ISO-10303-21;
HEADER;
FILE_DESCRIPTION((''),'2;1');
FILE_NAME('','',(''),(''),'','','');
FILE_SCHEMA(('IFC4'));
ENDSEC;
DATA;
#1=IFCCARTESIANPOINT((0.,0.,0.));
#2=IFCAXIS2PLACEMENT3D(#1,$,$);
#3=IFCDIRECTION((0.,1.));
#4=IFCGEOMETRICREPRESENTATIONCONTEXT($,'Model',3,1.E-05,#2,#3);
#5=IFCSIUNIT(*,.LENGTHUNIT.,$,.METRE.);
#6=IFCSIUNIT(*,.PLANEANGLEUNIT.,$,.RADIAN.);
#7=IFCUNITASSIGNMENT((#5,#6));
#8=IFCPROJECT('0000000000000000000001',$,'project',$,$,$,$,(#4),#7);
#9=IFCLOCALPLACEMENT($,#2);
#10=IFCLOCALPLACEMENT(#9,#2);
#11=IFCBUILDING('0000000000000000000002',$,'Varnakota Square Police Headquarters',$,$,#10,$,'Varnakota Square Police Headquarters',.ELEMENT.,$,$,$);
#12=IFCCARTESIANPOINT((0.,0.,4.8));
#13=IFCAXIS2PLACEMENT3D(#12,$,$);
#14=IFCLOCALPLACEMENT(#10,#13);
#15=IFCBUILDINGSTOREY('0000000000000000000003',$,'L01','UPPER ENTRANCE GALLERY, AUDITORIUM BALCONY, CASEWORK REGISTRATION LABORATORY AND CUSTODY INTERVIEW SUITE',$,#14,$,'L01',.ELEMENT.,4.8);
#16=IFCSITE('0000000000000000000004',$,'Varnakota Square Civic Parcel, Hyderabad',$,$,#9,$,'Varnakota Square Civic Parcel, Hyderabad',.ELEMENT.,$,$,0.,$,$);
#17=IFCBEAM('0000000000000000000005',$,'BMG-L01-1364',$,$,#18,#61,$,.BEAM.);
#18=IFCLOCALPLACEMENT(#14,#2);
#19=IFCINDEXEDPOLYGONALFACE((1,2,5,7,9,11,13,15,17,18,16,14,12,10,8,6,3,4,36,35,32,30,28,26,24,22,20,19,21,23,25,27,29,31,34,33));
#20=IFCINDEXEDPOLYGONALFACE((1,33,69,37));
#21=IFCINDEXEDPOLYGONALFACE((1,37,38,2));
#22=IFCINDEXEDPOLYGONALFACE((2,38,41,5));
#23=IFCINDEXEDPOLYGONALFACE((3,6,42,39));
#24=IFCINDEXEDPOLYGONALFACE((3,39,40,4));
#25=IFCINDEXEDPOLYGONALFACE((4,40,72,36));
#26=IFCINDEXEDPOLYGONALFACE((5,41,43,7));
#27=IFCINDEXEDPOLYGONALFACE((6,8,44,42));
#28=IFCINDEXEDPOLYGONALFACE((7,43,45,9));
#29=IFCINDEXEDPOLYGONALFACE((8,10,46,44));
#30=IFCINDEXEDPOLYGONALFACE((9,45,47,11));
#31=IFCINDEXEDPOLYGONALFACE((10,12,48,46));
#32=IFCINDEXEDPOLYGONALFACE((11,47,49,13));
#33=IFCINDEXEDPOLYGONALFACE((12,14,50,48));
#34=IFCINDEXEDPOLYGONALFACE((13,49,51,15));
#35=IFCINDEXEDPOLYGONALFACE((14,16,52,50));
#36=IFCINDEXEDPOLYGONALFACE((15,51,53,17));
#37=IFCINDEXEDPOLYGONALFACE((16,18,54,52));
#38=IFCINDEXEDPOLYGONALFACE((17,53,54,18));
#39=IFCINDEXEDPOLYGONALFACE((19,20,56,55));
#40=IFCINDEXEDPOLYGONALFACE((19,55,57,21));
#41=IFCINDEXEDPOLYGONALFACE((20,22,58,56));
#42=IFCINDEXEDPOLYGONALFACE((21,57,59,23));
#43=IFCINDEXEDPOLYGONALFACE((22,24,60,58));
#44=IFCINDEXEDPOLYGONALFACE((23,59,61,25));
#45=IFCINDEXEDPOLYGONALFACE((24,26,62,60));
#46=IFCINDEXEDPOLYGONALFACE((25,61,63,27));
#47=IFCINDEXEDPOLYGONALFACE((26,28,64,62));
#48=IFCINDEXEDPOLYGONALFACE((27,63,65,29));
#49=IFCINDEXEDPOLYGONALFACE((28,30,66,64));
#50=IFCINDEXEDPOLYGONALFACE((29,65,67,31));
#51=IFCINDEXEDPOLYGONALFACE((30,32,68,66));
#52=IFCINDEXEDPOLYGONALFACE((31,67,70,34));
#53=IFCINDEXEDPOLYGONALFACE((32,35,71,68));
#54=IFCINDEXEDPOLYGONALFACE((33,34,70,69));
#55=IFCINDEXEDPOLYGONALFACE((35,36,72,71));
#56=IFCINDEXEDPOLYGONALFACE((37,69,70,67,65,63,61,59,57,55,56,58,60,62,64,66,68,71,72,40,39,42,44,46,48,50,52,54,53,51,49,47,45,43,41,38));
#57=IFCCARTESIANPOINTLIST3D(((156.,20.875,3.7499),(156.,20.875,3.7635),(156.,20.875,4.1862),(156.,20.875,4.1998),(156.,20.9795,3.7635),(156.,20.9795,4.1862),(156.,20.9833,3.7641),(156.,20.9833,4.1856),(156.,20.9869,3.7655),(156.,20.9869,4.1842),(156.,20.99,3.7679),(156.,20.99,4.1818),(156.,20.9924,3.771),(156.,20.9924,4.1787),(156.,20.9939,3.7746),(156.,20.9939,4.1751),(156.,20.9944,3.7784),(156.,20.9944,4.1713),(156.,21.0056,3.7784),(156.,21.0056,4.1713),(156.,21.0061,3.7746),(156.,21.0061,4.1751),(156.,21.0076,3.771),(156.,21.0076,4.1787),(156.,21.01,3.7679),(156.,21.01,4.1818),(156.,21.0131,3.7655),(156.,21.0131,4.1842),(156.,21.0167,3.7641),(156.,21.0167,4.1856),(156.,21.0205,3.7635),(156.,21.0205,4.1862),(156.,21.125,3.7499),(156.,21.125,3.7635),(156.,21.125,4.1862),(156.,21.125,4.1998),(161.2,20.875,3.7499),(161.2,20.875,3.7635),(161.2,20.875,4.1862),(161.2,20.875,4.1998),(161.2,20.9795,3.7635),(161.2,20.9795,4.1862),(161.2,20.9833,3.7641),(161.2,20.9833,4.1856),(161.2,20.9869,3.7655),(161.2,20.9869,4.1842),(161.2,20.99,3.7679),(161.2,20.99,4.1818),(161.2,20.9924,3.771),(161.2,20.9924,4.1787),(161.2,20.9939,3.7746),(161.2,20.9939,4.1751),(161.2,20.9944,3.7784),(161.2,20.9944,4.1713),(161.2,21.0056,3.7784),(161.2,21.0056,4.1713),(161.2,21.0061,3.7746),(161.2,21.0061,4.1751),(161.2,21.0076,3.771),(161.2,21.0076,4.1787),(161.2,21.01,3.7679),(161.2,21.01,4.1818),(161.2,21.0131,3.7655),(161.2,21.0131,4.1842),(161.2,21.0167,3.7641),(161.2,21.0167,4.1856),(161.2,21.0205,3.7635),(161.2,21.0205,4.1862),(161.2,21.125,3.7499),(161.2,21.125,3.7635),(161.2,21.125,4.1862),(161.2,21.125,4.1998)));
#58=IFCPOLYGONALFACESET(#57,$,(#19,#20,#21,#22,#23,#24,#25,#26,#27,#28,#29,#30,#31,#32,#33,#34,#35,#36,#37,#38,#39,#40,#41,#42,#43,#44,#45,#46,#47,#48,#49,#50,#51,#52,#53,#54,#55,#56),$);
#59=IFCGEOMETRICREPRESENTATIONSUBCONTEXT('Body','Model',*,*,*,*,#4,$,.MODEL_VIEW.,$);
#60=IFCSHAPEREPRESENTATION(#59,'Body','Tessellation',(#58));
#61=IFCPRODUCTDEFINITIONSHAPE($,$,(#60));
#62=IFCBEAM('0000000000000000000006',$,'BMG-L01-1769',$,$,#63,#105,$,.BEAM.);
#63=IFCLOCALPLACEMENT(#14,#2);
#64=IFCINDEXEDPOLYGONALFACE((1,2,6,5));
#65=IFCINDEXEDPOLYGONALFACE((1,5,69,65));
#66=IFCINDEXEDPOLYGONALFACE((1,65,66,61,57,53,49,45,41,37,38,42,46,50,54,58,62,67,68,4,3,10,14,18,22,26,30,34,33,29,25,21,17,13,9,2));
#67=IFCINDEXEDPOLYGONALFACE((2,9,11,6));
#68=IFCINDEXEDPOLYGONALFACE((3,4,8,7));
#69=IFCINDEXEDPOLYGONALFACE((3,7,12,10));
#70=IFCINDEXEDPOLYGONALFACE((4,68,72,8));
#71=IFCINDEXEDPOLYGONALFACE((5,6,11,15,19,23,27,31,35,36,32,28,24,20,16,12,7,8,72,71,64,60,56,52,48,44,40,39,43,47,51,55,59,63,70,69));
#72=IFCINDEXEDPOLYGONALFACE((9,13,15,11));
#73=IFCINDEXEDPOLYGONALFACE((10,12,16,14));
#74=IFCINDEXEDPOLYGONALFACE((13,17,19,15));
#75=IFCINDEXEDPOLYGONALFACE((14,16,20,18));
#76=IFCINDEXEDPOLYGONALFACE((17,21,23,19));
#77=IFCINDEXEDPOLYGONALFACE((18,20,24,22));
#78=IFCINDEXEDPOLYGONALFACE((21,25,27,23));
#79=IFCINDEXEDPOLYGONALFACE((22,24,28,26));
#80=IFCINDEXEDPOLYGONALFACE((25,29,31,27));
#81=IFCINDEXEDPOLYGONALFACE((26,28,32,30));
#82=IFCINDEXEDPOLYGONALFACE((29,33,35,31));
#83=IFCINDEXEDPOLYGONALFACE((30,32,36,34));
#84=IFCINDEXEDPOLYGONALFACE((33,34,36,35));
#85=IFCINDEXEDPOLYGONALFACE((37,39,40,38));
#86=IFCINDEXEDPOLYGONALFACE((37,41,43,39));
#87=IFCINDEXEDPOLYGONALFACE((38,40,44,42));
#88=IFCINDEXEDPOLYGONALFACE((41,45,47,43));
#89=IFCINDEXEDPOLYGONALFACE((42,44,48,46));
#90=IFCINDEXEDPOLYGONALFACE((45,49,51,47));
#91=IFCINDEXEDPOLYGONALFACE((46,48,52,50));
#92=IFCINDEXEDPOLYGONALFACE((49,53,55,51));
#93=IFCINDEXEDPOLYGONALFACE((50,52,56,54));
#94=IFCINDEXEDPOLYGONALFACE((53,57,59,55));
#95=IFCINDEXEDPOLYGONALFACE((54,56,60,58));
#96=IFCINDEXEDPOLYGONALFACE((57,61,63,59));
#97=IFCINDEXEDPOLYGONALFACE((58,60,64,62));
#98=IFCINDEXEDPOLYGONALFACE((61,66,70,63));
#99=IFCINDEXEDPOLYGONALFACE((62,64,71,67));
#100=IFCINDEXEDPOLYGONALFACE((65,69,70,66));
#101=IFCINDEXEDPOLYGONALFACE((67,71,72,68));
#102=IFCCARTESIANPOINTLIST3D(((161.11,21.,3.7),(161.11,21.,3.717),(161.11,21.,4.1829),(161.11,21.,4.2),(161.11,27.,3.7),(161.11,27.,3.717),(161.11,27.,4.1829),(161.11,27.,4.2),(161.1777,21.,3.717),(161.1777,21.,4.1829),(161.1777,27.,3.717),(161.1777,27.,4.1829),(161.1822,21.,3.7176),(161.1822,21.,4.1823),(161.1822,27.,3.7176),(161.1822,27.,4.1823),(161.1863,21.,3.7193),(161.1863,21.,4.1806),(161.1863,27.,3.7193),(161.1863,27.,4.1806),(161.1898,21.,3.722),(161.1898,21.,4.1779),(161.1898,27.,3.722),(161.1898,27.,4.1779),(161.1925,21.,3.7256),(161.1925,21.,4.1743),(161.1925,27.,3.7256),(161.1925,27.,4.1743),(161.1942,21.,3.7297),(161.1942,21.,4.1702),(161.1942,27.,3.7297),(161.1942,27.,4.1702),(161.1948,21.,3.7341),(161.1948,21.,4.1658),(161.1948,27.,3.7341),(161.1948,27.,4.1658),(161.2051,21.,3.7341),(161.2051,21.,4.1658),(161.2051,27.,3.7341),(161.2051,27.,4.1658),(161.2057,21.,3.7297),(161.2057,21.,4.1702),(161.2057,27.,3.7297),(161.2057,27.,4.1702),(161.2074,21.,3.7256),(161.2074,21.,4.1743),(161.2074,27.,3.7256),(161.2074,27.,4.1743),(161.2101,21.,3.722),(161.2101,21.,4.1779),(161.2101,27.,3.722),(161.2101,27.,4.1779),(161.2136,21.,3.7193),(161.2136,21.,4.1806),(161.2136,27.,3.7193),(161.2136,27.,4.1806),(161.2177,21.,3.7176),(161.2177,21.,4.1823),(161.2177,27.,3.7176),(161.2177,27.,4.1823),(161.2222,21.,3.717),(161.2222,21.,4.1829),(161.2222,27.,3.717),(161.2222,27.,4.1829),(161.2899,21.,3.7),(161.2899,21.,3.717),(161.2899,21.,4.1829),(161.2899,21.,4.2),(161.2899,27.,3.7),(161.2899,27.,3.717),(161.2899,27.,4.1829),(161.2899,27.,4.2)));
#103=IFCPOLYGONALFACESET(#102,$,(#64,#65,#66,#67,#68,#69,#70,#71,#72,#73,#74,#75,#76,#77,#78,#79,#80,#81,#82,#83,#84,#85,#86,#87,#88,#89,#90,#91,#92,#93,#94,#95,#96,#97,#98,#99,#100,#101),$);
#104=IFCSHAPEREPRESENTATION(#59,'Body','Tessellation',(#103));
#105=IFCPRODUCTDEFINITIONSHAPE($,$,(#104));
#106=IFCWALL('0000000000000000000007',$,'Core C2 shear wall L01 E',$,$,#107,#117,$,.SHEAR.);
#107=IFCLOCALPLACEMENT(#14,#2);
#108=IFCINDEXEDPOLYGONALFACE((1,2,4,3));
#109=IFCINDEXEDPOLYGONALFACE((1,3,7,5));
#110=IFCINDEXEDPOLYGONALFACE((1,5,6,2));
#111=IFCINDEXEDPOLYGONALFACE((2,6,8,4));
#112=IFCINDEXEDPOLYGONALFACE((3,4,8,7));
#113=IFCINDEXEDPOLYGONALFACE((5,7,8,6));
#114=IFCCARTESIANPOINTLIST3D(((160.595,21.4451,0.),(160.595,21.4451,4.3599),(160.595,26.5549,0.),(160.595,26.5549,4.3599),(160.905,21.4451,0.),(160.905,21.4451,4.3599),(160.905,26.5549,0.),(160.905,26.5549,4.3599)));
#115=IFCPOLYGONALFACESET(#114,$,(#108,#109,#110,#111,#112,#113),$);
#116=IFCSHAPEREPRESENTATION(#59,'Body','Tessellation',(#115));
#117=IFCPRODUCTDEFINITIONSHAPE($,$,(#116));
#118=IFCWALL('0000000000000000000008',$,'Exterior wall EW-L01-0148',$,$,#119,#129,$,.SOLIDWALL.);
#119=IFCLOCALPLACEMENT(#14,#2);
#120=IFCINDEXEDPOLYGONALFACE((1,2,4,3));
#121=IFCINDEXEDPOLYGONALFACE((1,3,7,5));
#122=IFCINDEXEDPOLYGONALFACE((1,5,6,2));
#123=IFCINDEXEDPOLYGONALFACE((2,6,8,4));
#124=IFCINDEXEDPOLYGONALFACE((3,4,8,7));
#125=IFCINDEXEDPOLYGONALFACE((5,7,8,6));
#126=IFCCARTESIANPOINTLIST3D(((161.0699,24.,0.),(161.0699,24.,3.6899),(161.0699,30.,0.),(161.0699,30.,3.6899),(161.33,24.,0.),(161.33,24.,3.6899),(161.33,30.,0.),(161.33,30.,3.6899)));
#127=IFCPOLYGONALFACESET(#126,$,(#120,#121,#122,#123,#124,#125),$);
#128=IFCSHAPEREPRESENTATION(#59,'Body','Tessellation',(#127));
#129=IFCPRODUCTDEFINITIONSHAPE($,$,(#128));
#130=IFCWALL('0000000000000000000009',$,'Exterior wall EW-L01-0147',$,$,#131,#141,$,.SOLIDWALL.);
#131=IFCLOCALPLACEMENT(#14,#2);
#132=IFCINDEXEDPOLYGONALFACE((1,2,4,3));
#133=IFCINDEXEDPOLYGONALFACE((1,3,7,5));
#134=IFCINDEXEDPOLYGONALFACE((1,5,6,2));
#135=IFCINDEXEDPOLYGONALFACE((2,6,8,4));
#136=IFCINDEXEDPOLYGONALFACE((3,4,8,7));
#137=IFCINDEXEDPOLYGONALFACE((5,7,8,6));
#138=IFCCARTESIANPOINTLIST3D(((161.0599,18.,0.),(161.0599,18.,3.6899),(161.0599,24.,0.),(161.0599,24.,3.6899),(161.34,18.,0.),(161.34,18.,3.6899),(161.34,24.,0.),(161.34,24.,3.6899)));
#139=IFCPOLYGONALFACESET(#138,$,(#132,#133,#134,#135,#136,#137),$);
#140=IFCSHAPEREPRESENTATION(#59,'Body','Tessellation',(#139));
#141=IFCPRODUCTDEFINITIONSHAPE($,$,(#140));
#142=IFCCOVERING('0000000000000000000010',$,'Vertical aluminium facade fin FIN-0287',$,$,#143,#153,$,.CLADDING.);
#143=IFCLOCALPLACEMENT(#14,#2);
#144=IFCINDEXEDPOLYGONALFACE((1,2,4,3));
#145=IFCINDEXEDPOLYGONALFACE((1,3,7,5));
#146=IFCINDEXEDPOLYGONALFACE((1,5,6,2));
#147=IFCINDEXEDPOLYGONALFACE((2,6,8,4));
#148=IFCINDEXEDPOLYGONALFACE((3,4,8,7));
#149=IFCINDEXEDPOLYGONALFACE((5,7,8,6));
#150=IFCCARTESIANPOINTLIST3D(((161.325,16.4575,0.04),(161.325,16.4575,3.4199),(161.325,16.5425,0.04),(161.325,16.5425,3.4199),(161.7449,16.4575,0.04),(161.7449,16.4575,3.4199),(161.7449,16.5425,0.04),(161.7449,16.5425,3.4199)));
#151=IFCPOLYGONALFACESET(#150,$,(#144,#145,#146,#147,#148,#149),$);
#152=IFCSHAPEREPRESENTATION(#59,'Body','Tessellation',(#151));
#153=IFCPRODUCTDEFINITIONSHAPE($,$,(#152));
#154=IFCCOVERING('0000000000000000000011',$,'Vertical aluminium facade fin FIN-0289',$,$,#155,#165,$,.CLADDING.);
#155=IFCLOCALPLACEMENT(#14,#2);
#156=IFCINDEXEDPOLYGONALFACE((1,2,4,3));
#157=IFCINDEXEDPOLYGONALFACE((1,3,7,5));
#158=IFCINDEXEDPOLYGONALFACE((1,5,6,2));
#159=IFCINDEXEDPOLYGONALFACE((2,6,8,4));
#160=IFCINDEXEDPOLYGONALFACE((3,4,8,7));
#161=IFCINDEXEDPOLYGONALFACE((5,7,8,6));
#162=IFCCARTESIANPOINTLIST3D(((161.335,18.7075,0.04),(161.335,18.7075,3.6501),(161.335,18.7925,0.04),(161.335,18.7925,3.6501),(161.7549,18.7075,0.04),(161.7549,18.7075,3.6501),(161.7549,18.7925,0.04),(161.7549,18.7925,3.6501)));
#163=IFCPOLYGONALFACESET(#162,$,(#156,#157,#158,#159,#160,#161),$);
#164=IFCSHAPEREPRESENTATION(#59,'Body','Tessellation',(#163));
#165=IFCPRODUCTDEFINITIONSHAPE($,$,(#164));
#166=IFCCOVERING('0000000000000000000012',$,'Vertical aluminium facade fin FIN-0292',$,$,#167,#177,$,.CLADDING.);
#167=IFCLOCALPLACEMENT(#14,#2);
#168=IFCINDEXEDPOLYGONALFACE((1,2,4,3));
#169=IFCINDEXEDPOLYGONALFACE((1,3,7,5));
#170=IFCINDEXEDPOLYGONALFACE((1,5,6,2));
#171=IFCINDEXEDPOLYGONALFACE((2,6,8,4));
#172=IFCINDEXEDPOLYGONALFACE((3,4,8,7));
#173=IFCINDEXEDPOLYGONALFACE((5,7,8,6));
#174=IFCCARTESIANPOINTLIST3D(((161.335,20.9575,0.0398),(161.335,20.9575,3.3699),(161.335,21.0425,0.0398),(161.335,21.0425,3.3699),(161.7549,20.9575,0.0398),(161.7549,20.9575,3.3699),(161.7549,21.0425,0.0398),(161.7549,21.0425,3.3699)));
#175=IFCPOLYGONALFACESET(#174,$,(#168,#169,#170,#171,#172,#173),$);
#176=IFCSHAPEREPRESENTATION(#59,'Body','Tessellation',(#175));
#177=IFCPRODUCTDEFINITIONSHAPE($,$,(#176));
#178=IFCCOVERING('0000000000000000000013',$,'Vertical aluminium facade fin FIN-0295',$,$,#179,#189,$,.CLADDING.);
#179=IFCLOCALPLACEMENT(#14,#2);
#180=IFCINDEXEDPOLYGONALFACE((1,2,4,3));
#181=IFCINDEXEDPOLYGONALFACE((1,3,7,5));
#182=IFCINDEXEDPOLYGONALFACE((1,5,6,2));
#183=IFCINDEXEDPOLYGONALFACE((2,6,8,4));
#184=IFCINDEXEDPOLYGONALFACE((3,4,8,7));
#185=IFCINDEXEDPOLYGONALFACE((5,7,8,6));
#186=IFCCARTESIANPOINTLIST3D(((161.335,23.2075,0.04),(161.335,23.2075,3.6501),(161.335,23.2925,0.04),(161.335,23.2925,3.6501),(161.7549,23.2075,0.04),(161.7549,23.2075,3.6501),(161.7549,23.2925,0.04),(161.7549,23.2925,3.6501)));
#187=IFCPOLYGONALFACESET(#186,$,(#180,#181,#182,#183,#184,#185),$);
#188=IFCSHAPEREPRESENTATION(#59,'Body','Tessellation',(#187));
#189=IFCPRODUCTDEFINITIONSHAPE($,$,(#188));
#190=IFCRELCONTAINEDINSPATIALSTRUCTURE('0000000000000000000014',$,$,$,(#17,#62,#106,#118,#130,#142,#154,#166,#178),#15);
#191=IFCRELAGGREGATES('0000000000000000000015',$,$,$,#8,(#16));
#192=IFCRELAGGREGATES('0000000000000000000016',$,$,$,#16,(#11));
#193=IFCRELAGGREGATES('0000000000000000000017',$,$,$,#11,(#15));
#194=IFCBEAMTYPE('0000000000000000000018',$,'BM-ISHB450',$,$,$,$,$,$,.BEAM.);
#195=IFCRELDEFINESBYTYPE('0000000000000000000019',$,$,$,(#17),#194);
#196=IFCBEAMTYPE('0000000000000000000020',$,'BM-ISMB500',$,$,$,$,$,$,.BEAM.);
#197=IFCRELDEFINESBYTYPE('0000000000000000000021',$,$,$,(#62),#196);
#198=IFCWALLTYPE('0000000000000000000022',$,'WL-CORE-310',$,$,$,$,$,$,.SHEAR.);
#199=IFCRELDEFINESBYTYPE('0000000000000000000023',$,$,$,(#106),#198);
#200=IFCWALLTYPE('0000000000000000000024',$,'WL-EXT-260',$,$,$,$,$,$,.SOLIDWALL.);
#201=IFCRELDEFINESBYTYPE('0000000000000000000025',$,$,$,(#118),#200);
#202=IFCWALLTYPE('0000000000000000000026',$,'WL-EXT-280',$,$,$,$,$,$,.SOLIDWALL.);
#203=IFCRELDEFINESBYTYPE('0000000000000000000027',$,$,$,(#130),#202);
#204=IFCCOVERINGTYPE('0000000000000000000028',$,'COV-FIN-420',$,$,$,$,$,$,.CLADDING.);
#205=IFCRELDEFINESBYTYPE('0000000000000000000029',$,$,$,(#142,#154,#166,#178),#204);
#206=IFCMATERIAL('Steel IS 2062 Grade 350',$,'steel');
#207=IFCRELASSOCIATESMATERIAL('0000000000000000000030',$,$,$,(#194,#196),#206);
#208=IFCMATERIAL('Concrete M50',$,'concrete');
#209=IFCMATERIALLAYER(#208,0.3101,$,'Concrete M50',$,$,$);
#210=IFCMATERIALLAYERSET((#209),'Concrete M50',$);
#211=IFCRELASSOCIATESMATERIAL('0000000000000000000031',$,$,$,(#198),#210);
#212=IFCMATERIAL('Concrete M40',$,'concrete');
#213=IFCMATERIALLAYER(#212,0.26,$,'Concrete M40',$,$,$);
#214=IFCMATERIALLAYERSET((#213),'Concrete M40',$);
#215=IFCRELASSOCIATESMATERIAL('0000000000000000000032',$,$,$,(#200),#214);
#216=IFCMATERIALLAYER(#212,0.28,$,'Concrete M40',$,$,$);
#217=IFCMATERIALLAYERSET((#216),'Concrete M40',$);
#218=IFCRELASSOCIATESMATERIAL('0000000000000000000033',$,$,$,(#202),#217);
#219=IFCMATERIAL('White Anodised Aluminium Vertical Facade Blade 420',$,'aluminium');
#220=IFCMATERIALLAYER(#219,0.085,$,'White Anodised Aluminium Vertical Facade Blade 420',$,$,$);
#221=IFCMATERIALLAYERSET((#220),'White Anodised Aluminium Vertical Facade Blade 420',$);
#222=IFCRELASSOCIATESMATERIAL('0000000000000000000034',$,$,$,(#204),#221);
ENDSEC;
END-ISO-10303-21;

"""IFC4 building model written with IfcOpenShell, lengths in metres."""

from ifc_helpers import new_model, si_unit, direction, frame, frame_2d, origin, origin_2d, place, context, subcontext, project, spatial, rectangle, i_section, extrude, material, layer, layer_set, material_profile, profile_set, type_object, element, save


model = new_model("IFC4")

# Units and contexts
model_context = context("Model", 3, precision=1e-05, world=origin(), true_north=direction((0.0, 1.0)))
body_context = subcontext(model_context, "Body", "Model", "MODEL_VIEW")
ifc_project = project(units=[si_unit("LENGTHUNIT", "METRE"), si_unit("PLANEANGLEUNIT", "RADIAN")], contexts=[model_context])

# Site, building, storey
site_placement = place(None, origin())
site = spatial("IfcSite", under=ifc_project, at=site_placement, Name="Varnakota Square Civic Parcel, Hyderabad", LongName="Varnakota Square Civic Parcel, Hyderabad", CompositionType="ELEMENT", RefElevation=0.0)
building_placement = place(site_placement, origin())
building = spatial("IfcBuilding", under=site, at=building_placement, Name="Varnakota Square Police Headquarters", LongName="Varnakota Square Police Headquarters", CompositionType="ELEMENT")
storey_placement = place(building_placement, frame((0.0, 0.0, 4.8)))
storey = spatial("IfcBuildingStorey", under=building, at=storey_placement, Name="L01", Description="UPPER ENTRANCE GALLERY, AUDITORIUM BALCONY, CASEWORK REGISTRATION LABORATORY AND CUSTODY INTERVIEW SUITE", LongName="L01", CompositionType="ELEMENT", Elevation=4.8)

# Shared definitions
ifc_material_1 = material(Name="Steel IS 2062 Grade 350", Category="steel")

# Beams
ifc_material_profile_1 = material_profile(ifc_material_1, i_section(OverallWidth=0.25, OverallDepth=0.45, WebThickness=0.0112, FlangeThickness=0.0137, FilletRadius=0.0149, at=origin_2d()), Name="ISHB 450")
ifc_profile_set_1 = profile_set([ifc_material_profile_1], Name="Steel IS 2062 Grade 350")
beam_type_1 = type_object("IfcBeamType", Name="BM-ISHB450", PredefinedType="BEAM", material=ifc_profile_set_1)
beam_1_placement = place(storey_placement, frame((156.0, 21.0, 3.9749), z_axis=(1.0, 0.0, 0.0), x_axis=(0.0, 1.0, 0.0)))
element("IfcBeam", 1, at=beam_1_placement, inside=storey, type_object=beam_type_1, Name="BMG-L01-1364", PredefinedType="BEAM", context=body_context, shape_type="SweptSolid", body=[
    extrude(i_section(OverallWidth=0.25, OverallDepth=0.45, WebThickness=0.0112, FlangeThickness=0.0137, FilletRadius=0.0149, at=origin_2d()), origin(), (0.0, 0.0, 1.0), 5.2),
])
ifc_material_profile_2 = material_profile(ifc_material_1, i_section(OverallWidth=0.1799, OverallDepth=0.5, WebThickness=0.0103, FlangeThickness=0.0171, FilletRadius=0.0171, at=origin_2d()), Name="ISMB 500")
ifc_profile_set_2 = profile_set([ifc_material_profile_2], Name="Steel IS 2062 Grade 350")
beam_type_2 = type_object("IfcBeamType", Name="BM-ISMB500", PredefinedType="BEAM", material=ifc_profile_set_2)
beam_2_placement = place(storey_placement, frame((161.2, 21.0, 3.95), z_axis=(0.0, 1.0, 0.0), x_axis=(-1.0, 0.0, 0.0)))
element("IfcBeam", 2, at=beam_2_placement, inside=storey, type_object=beam_type_2, Name="BMG-L01-1769", PredefinedType="BEAM", context=body_context, shape_type="SweptSolid", body=[
    extrude(i_section(OverallWidth=0.1799, OverallDepth=0.5, WebThickness=0.0103, FlangeThickness=0.0171, FilletRadius=0.0171, at=origin_2d()), origin(), (0.0, 0.0, 1.0), 6.0),
])

# Walls
ifc_material_2 = material(Name="Concrete M50", Category="concrete")
ifc_layer_1 = layer(ifc_material_2, 0.3101, Name="Concrete M50")
ifc_layer_set_1 = layer_set([ifc_layer_1], Name="Concrete M50")
wall_type_1 = type_object("IfcWallType", Name="WL-CORE-310", PredefinedType="SHEAR", material=ifc_layer_set_1)
wall_1_placement = place(storey_placement, frame((160.75, 21.4451, 0.0), z_axis=(0.0, 0.0, 1.0), x_axis=(0.0, 1.0, 0.0)))
element("IfcWall", 3, at=wall_1_placement, inside=storey, type_object=wall_type_1, Name="Core C2 shear wall L01 E", PredefinedType="SHEAR", context=body_context, shape_type="SweptSolid", body=[
    extrude(rectangle(XDim=5.1099, YDim=0.3101, at=frame_2d((2.5549, 0.0))), origin(), (0.0, 0.0, 1.0), 4.3599),
])
ifc_material_3 = material(Name="Concrete M40", Category="concrete")
ifc_layer_2 = layer(ifc_material_3, 0.26, Name="Concrete M40")
ifc_layer_set_2 = layer_set([ifc_layer_2], Name="Concrete M40")
wall_type_2 = type_object("IfcWallType", Name="WL-EXT-260", PredefinedType="SOLIDWALL", material=ifc_layer_set_2)
wall_2_placement = place(storey_placement, frame((161.2, 24.0, 0.0), z_axis=(0.0, 0.0, 1.0), x_axis=(0.0, 1.0, 0.0)))
element("IfcWall", 4, at=wall_2_placement, inside=storey, type_object=wall_type_2, Name="Exterior wall EW-L01-0148", PredefinedType="SOLIDWALL", context=body_context, shape_type="SweptSolid", body=[
    extrude(rectangle(XDim=6.0, YDim=0.26, at=frame_2d((3.0, 0.0))), origin(), (0.0, 0.0, 1.0), 3.6899),
])
ifc_layer_3 = layer(ifc_material_3, 0.28, Name="Concrete M40")
ifc_layer_set_3 = layer_set([ifc_layer_3], Name="Concrete M40")
wall_type_3 = type_object("IfcWallType", Name="WL-EXT-280", PredefinedType="SOLIDWALL", material=ifc_layer_set_3)
wall_3_placement = place(storey_placement, frame((161.2, 18.0, 0.0), z_axis=(0.0, 0.0, 1.0), x_axis=(0.0, 1.0, 0.0)))
element("IfcWall", 5, at=wall_3_placement, inside=storey, type_object=wall_type_3, Name="Exterior wall EW-L01-0147", PredefinedType="SOLIDWALL", context=body_context, shape_type="SweptSolid", body=[
    extrude(rectangle(XDim=6.0, YDim=0.28, at=frame_2d((3.0, 0.0))), origin(), (0.0, 0.0, 1.0), 3.6899),
])

# Coverings
ifc_material_4 = material(Name="White Anodised Aluminium Vertical Facade Blade 420", Category="aluminium")
ifc_layer_4 = layer(ifc_material_4, 0.085, Name="White Anodised Aluminium Vertical Facade Blade 420")
ifc_layer_set_4 = layer_set([ifc_layer_4], Name="White Anodised Aluminium Vertical Facade Blade 420")
covering_type_1 = type_object("IfcCoveringType", Name="COV-FIN-420", PredefinedType="CLADDING", material=ifc_layer_set_4)
covering_1_placement = place(storey_placement, frame((161.5349, 16.5, 0.04), z_axis=(0.0, 0.0, 1.0), x_axis=(0.0, 1.0, 0.0)))
element("IfcCovering", 6, at=covering_1_placement, inside=storey, type_object=covering_type_1, Name="Vertical aluminium facade fin FIN-0287", PredefinedType="CLADDING", context=body_context, shape_type="SweptSolid", body=[
    extrude(rectangle(XDim=0.085, YDim=0.4199, at=origin_2d()), origin(), (0.0, 0.0, 1.0), 3.3799),
])
covering_2_placement = place(storey_placement, frame((161.5449, 18.75, 0.04), z_axis=(0.0, 0.0, 1.0), x_axis=(0.0, 1.0, 0.0)))
element("IfcCovering", 7, at=covering_2_placement, inside=storey, type_object=covering_type_1, Name="Vertical aluminium facade fin FIN-0289", PredefinedType="CLADDING", context=body_context, shape_type="SweptSolid", body=[
    extrude(rectangle(XDim=0.085, YDim=0.4199, at=origin_2d()), origin(), (0.0, 0.0, 1.0), 3.6101),
])
covering_3_placement = place(storey_placement, frame((161.5449, 21.0, 0.0398), z_axis=(0.0, 0.0, 1.0), x_axis=(0.0, 1.0, 0.0)))
element("IfcCovering", 8, at=covering_3_placement, inside=storey, type_object=covering_type_1, Name="Vertical aluminium facade fin FIN-0292", PredefinedType="CLADDING", context=body_context, shape_type="SweptSolid", body=[
    extrude(rectangle(XDim=0.085, YDim=0.4199, at=origin_2d()), origin(), (0.0, 0.0, 1.0), 3.3301),
])
covering_4_placement = place(storey_placement, frame((161.5449, 23.25, 0.04), z_axis=(0.0, 0.0, 1.0), x_axis=(0.0, 1.0, 0.0)))
element("IfcCovering", 9, at=covering_4_placement, inside=storey, type_object=covering_type_1, Name="Vertical aluminium facade fin FIN-0295", PredefinedType="CLADDING", context=body_context, shape_type="SweptSolid", body=[
    extrude(rectangle(XDim=0.085, YDim=0.4199, at=origin_2d()), origin(), (0.0, 0.0, 1.0), 3.6101),
])

save(model, "model.ifc")
